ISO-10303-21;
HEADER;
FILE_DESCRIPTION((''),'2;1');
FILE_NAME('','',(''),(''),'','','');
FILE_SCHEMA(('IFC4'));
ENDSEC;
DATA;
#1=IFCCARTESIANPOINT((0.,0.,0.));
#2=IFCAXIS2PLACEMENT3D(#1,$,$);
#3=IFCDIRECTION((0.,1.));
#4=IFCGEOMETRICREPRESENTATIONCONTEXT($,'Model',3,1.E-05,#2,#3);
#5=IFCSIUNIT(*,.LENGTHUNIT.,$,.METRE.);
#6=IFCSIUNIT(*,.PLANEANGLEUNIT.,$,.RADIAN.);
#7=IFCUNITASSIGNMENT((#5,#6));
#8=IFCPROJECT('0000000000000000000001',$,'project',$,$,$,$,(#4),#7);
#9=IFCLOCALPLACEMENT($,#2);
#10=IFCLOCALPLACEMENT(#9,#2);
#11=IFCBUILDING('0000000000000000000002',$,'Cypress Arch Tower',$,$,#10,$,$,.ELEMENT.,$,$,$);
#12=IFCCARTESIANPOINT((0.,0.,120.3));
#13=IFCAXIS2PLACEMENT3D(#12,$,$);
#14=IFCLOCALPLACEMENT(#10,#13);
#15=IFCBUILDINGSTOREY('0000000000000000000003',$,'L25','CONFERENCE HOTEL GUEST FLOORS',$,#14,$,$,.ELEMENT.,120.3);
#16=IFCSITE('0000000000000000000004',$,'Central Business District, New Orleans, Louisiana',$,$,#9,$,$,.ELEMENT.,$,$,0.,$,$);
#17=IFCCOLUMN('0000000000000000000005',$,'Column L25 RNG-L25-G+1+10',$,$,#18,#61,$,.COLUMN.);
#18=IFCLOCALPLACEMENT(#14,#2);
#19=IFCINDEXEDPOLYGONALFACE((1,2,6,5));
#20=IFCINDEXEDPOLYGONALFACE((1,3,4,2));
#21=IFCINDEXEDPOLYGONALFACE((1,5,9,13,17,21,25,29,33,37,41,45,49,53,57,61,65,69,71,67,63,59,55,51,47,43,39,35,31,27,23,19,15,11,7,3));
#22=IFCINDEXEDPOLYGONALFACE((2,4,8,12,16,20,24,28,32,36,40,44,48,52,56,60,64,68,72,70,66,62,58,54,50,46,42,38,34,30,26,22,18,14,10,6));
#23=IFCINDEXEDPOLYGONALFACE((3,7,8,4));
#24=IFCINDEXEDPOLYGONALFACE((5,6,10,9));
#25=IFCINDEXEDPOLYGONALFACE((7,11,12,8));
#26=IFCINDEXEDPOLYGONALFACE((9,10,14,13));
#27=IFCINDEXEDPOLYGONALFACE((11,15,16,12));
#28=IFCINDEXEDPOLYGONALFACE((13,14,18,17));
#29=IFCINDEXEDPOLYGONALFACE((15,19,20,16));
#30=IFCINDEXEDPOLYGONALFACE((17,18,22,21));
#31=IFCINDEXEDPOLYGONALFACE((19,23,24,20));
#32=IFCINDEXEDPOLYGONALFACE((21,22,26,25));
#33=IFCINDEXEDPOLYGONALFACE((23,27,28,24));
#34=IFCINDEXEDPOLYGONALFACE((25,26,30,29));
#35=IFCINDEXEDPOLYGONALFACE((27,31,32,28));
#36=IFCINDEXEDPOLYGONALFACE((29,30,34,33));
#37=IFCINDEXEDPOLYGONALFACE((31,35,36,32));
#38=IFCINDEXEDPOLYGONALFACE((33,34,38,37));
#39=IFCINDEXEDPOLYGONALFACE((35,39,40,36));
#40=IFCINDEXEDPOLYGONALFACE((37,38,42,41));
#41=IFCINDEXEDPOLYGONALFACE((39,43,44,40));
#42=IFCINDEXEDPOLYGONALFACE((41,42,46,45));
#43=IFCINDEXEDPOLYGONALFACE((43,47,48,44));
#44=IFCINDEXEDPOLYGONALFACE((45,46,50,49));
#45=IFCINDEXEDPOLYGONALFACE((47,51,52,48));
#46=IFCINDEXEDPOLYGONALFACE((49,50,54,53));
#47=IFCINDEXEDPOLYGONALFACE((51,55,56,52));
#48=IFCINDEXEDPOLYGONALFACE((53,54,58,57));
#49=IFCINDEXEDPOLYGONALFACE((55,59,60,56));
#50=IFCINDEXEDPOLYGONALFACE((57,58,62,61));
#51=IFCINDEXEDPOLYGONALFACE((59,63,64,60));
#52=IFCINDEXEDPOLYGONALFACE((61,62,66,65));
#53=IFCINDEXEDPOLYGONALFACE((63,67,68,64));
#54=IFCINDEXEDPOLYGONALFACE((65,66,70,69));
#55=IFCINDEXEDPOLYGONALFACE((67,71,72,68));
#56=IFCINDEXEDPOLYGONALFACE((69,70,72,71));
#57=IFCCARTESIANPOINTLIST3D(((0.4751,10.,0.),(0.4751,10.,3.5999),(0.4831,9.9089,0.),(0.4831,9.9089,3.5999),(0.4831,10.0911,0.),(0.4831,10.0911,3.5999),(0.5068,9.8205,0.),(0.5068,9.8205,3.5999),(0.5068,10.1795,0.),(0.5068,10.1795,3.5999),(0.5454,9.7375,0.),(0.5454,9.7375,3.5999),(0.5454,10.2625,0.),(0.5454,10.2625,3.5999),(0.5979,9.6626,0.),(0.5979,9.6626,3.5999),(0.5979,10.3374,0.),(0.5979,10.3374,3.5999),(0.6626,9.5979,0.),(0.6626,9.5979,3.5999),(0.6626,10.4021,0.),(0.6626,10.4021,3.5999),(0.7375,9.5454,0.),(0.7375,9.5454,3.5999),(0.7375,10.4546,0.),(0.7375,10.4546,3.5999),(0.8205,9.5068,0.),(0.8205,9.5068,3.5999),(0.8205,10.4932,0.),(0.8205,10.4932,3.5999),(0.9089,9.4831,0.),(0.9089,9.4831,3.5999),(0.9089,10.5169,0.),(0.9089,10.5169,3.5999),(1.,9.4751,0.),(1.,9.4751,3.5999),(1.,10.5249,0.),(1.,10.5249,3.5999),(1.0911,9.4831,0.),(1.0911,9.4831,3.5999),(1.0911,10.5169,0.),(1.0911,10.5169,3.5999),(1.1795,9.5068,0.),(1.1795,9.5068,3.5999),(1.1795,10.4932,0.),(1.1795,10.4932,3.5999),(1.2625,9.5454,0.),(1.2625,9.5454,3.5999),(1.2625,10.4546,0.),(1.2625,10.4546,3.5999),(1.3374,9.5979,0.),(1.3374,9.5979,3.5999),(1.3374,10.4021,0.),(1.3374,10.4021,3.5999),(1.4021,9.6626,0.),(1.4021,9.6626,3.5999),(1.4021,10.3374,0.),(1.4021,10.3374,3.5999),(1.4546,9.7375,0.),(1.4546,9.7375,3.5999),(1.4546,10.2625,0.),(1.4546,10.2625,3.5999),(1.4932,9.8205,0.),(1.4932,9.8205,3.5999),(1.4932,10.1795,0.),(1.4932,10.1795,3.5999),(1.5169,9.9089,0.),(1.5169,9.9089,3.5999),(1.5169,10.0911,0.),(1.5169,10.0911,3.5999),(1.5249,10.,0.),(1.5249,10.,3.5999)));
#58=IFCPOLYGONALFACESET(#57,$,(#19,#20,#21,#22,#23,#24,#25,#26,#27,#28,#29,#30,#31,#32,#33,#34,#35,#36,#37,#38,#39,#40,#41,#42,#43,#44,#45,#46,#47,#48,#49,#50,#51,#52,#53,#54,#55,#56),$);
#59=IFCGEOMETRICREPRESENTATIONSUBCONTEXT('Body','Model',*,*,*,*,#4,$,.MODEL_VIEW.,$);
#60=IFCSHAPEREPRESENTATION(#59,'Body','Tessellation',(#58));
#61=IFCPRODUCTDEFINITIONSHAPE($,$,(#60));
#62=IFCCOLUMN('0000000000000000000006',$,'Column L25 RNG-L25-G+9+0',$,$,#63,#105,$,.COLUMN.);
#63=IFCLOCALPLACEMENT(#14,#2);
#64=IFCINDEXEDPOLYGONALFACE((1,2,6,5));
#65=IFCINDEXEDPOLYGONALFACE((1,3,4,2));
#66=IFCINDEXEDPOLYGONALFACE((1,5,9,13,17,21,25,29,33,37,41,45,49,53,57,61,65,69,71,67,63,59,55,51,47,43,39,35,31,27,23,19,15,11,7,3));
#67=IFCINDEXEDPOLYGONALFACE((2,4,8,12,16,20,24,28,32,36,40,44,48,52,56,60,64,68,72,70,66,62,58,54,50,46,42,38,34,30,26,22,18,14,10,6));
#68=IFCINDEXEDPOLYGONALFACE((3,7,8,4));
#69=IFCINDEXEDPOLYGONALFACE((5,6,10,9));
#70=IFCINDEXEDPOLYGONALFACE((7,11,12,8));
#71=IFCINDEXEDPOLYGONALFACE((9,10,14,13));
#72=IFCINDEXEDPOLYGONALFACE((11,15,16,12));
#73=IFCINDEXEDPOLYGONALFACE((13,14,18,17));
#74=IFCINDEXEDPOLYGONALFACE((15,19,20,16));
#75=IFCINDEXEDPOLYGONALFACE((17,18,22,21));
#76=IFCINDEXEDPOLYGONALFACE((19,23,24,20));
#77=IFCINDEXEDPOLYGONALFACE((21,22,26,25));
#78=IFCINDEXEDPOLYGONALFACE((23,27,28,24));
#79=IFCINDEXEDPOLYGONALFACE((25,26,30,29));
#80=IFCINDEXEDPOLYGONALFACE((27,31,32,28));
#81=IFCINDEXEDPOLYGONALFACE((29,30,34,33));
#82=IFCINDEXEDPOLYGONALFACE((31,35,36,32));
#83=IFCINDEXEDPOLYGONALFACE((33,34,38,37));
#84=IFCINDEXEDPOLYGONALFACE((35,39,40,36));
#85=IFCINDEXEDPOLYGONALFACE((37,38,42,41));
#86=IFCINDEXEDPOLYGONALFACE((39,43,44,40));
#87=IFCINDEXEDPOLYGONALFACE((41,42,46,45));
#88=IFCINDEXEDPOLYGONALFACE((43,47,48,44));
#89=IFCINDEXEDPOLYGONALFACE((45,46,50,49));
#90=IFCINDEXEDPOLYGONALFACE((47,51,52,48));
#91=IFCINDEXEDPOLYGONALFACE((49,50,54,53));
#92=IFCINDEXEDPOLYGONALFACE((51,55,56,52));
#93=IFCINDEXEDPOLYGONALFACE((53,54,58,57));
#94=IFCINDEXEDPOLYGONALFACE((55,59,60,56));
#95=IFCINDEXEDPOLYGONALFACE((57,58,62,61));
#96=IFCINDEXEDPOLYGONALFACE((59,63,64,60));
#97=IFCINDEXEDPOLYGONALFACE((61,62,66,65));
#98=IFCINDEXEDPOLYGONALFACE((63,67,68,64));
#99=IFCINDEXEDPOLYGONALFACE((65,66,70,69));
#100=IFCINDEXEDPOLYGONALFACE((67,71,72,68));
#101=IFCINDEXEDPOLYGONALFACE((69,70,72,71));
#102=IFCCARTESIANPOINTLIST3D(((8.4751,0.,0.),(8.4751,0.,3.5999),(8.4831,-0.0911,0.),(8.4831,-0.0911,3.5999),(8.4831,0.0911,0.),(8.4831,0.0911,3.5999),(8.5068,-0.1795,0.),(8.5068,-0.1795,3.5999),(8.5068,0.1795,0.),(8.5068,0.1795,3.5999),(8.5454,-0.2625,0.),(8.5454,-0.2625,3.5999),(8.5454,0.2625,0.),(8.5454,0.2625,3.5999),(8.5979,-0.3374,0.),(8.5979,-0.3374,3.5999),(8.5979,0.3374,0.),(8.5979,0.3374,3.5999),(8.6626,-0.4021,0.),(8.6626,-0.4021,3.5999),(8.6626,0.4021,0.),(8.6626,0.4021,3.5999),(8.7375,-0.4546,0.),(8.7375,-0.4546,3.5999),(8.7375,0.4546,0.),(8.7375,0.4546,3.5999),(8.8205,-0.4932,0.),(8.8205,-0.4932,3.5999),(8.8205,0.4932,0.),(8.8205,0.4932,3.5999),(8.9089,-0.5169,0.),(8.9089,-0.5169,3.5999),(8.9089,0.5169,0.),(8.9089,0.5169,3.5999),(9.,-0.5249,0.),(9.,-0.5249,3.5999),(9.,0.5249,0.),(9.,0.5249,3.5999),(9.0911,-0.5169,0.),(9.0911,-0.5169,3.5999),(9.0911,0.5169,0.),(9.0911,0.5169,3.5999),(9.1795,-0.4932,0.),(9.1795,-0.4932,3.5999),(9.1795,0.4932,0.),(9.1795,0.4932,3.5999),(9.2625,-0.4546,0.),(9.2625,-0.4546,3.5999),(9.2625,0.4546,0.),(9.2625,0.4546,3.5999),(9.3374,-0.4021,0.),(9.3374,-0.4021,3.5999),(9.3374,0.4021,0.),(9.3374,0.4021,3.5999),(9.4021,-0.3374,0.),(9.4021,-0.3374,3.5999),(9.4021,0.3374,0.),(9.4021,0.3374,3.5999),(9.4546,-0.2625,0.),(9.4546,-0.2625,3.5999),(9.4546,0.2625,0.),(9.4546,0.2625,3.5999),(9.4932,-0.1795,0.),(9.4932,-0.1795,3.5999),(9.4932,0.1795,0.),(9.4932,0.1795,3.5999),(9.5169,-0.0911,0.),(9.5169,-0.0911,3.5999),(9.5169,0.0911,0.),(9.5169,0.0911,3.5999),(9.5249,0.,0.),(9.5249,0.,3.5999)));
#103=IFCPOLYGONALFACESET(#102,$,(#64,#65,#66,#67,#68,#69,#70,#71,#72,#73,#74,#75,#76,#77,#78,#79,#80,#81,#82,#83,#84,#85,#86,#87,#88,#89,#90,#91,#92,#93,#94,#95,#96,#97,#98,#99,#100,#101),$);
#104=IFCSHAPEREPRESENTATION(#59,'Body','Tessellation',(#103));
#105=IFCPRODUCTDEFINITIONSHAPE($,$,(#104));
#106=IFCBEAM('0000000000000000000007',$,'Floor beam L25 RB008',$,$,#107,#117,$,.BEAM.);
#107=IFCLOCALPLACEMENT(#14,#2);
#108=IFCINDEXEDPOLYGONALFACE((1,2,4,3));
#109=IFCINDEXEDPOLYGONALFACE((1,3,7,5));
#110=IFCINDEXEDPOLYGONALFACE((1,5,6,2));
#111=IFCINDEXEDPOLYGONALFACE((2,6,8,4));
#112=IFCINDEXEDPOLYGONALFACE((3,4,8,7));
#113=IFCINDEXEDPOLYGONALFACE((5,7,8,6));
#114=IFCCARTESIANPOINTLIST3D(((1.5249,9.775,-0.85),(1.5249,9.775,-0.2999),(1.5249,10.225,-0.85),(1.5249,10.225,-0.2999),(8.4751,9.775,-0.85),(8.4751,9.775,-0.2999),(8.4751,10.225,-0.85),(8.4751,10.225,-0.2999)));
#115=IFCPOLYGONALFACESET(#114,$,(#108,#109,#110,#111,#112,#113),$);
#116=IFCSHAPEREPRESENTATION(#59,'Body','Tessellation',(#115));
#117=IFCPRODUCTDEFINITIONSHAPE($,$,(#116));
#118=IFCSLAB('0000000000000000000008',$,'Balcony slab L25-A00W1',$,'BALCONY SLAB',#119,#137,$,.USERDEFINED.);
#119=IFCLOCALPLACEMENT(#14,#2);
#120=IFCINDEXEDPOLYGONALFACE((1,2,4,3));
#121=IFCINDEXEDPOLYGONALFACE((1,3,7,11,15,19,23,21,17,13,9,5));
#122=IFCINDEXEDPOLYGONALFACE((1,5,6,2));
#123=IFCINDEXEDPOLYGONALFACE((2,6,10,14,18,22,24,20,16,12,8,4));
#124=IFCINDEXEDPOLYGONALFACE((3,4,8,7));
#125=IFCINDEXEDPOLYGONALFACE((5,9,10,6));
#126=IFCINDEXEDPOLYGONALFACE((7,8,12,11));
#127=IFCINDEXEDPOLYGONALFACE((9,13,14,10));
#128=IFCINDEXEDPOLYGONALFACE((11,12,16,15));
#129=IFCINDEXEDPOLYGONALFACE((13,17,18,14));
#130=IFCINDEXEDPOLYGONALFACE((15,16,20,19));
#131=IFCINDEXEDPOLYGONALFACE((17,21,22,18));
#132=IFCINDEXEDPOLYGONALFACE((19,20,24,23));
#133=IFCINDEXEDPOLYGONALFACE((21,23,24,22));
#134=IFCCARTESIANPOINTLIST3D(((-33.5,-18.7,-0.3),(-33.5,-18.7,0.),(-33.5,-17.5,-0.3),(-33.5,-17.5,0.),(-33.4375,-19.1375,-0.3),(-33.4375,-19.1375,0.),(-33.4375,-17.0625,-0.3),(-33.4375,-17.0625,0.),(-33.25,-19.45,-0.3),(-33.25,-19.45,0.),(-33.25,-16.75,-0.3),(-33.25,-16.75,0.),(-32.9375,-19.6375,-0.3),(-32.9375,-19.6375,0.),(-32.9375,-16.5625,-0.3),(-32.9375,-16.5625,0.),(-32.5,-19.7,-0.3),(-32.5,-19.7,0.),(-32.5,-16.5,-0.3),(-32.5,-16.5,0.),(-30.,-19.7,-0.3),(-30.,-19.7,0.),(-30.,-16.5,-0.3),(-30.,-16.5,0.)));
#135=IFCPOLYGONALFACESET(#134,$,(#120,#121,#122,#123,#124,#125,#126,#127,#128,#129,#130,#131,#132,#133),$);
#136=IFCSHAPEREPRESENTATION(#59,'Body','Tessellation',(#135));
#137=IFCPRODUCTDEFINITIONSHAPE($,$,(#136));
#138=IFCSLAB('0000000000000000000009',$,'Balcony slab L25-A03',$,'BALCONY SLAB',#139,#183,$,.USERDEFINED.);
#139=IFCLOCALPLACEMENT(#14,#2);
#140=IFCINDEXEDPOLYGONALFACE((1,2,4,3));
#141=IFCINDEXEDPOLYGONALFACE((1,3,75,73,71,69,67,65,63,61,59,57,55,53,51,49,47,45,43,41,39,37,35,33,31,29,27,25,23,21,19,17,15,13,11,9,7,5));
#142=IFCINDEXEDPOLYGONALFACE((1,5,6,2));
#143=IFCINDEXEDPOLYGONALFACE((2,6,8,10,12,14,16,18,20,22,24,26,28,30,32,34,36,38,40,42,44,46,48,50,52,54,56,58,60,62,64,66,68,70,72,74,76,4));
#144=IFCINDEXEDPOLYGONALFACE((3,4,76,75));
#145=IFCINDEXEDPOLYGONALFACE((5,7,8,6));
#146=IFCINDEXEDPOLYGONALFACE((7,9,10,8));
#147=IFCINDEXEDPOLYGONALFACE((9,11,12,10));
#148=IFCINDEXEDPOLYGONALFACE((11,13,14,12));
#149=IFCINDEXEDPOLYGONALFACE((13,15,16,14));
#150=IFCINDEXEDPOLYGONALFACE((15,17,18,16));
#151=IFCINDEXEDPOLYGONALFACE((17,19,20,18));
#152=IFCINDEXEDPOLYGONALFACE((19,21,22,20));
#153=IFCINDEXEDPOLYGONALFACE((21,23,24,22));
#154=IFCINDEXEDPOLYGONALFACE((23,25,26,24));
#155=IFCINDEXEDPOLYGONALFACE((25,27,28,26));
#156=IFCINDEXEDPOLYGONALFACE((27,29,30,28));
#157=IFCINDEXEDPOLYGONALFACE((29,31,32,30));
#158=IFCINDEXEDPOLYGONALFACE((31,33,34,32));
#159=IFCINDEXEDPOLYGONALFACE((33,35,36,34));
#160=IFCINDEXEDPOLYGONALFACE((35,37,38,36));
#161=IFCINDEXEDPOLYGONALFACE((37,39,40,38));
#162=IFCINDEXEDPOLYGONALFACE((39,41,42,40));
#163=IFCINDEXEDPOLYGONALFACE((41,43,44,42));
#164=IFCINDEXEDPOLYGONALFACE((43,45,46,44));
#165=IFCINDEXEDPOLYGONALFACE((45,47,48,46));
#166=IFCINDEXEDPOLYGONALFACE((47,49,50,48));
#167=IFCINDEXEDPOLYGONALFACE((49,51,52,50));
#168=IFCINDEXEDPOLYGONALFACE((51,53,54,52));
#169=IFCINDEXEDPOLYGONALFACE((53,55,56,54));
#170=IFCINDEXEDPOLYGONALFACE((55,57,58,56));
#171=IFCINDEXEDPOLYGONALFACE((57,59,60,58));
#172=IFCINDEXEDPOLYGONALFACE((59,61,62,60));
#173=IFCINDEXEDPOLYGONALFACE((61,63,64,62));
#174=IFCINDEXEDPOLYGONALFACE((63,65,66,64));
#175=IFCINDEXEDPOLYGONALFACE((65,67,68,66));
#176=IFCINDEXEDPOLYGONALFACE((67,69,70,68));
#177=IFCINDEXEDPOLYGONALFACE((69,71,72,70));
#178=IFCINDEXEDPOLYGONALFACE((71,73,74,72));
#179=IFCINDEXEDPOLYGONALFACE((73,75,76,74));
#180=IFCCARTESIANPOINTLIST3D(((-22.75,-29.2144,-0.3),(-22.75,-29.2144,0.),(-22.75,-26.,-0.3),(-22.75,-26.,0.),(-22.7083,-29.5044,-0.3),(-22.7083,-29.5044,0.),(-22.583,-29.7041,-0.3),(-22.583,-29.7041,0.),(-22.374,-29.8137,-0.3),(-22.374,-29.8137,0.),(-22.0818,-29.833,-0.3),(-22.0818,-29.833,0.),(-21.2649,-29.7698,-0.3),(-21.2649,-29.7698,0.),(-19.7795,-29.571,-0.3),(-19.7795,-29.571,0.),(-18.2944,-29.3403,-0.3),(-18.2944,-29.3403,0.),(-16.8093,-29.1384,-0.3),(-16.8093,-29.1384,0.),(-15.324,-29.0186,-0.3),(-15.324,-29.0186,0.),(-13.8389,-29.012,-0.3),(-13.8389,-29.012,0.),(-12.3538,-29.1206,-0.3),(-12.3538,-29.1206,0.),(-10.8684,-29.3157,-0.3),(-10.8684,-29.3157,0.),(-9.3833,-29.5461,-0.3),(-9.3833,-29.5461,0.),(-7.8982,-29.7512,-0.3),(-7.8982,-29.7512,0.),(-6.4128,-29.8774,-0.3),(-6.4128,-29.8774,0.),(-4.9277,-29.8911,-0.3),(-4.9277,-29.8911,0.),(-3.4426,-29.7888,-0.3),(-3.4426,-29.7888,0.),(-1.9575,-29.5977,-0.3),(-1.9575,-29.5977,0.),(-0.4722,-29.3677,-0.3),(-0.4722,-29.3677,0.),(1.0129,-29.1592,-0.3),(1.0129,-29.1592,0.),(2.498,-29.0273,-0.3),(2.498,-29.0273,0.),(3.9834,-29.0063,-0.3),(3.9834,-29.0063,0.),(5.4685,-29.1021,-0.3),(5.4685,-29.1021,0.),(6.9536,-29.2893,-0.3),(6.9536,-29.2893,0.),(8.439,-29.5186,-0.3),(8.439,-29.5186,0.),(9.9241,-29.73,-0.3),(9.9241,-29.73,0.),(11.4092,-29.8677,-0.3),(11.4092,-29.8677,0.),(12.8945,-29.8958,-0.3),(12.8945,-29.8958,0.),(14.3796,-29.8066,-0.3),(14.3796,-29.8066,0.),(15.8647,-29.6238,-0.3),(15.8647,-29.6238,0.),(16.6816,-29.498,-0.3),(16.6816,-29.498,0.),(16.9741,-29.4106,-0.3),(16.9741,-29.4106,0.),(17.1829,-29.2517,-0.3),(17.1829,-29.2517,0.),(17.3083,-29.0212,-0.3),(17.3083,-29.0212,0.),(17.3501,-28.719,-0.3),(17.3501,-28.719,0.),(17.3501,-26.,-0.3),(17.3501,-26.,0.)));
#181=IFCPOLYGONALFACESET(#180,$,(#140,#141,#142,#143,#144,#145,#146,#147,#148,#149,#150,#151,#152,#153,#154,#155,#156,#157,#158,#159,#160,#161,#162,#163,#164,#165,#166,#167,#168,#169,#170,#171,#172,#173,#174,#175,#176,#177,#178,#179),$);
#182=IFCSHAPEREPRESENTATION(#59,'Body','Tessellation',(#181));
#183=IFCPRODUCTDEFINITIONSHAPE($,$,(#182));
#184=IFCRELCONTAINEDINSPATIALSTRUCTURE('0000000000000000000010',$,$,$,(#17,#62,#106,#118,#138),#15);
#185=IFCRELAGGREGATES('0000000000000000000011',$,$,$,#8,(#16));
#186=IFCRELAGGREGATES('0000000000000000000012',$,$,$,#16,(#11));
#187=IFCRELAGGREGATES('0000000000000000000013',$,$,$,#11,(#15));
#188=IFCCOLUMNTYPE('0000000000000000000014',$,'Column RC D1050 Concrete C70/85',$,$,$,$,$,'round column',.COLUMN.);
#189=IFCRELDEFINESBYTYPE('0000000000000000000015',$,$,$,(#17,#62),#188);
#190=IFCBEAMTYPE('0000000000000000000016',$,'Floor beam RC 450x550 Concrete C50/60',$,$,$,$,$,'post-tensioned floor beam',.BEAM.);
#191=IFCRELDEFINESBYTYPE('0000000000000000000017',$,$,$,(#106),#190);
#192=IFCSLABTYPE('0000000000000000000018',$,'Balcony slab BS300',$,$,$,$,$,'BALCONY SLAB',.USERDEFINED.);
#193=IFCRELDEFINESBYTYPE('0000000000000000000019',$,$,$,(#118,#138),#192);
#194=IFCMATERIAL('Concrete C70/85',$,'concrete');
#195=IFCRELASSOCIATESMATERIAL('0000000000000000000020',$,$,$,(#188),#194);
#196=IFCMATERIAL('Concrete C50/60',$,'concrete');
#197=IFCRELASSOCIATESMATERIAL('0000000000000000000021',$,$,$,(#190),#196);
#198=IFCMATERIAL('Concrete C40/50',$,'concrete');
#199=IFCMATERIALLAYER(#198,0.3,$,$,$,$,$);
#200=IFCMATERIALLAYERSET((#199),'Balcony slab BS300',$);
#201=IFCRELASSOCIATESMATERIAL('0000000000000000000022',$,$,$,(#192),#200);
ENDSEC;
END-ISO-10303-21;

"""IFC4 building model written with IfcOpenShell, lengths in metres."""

from ifc_helpers import new_model, si_unit, direction, frame, origin, origin_2d, place, context, subcontext, project, spatial, polyline, rectangle, circle, outline, extrude, material, layer, layer_set, material_profile, profile_set, type_object, element, save


model = new_model("IFC4")

# Units and contexts
model_context = context("Model", 3, precision=1e-05, world=origin(), true_north=direction((0.0, 1.0)))
body_context = subcontext(model_context, "Body", "Model", "MODEL_VIEW")
ifc_project = project(units=[si_unit("LENGTHUNIT", "METRE"), si_unit("PLANEANGLEUNIT", "RADIAN")], contexts=[model_context])

# Site, building, storey
site_placement = place(None, origin())
site = spatial("IfcSite", under=ifc_project, at=site_placement, Name="Central Business District, New Orleans, Louisiana", CompositionType="ELEMENT", RefElevation=0.0)
building_placement = place(site_placement, origin())
building = spatial("IfcBuilding", under=site, at=building_placement, Name="Cypress Arch Tower", CompositionType="ELEMENT")
storey_placement = place(building_placement, frame((0.0, 0.0, 120.3)))
storey = spatial("IfcBuildingStorey", under=building, at=storey_placement, Name="L25", Description="CONFERENCE HOTEL GUEST FLOORS", CompositionType="ELEMENT", Elevation=120.3)

# Columns
ifc_material_1 = material(Name="Concrete C70/85", Category="concrete")
ifc_material_profile_1 = material_profile(ifc_material_1, circle(Radius=0.5249, at=origin_2d()), Name="RC D1050")
ifc_profile_set_1 = profile_set([ifc_material_profile_1], Name="Concrete C70/85")
column_type = type_object("IfcColumnType", Name="Column RC D1050 Concrete C70/85", ElementType="round column", PredefinedType="COLUMN", material=ifc_profile_set_1)
for number, where, z_axis, x_axis, name in (
    (1, (1.0, 10.0, 0.0), (0.0, 0.0, 1.0), (1.0, 0.0, 0.0), "Column L25 RNG-L25-G+1+10"),
    (2, (9.0, 0.0, 0.0), (0.0, 0.0, 1.0), (1.0, 0.0, 0.0), "Column L25 RNG-L25-G+9+0"),
):
    element("IfcColumn", number, at=place(storey_placement, frame(where, z_axis=z_axis, x_axis=x_axis)), inside=storey, type_object=column_type, Name=name, PredefinedType="COLUMN", context=body_context, shape_type="SweptSolid", body=[
        extrude(circle(Radius=0.5249, at=origin_2d()), origin(), (0.0, 0.0, 1.0), 3.5999),
    ])

# Beam
ifc_material_2 = material(Name="Concrete C50/60", Category="concrete")
ifc_material_profile_2 = material_profile(ifc_material_2, rectangle(XDim=0.45, YDim=0.55, at=origin_2d()), Name="RC 450x550")
ifc_profile_set_2 = profile_set([ifc_material_profile_2], Name="Concrete C50/60")
beam_type = type_object("IfcBeamType", Name="Floor beam RC 450x550 Concrete C50/60", ElementType="post-tensioned floor beam", PredefinedType="BEAM", material=ifc_profile_set_2)
beam_placement = place(storey_placement, frame((1.5249, 10.0, -0.575), z_axis=(1.0, 0.0, 0.0), x_axis=(0.0, 1.0, 0.0)))
element("IfcBeam", 3, at=beam_placement, inside=storey, type_object=beam_type, Name="Floor beam L25 RB008", PredefinedType="BEAM", context=body_context, shape_type="SweptSolid", body=[
    extrude(rectangle(XDim=0.45, YDim=0.55, at=origin_2d()), origin(), (0.0, 0.0, 1.0), 6.9502),
])

# Slabs
ifc_material_3 = material(Name="Concrete C40/50", Category="concrete")
ifc_layer_1 = layer(ifc_material_3, 0.3)
ifc_layer_set_1 = layer_set([ifc_layer_1], Name="Balcony slab BS300")
slab_type_1 = type_object("IfcSlabType", Name="Balcony slab BS300", ElementType="BALCONY SLAB", PredefinedType="USERDEFINED", material=ifc_layer_set_1)
slab_1_placement = place(storey_placement, frame((0.0, 0.0, -0.3)))
element("IfcSlab", 4, at=slab_1_placement, inside=storey, type_object=slab_type_1, Name="Balcony slab L25-A00W1", ObjectType="BALCONY SLAB", PredefinedType="USERDEFINED", context=body_context, shape_type="SweptSolid", body=[
    extrude(outline(polyline([(-30.0, -16.5), (-32.5, -16.5), (-32.9375, -16.5625), (-33.25, -16.75), (-33.4375, -17.0625), (-33.5, -17.5), (-33.5, -18.7), (-33.4375, -19.1375), (-33.25, -19.45), (-32.9375, -19.6375), (-32.5, -19.7), (-30.0, -19.7), (-30.0, -16.5)])), origin(), (0.0, 0.0, 1.0), 0.3),
])
slab_2_placement = place(storey_placement, frame((0.0, 0.0, -0.3)))
element("IfcSlab", 5, at=slab_2_placement, inside=storey, type_object=slab_type_1, Name="Balcony slab L25-A03", ObjectType="BALCONY SLAB", PredefinedType="USERDEFINED", context=body_context, shape_type="SweptSolid", body=[
    extrude(outline(polyline([(-22.75, -26.0), (-22.75, -29.2144), (-22.7083, -29.5044), (-22.583, -29.7041), (-22.374, -29.8137), (-22.0818, -29.833), (-21.2649, -29.7698), (-19.7795, -29.571), (-18.2944, -29.3403), (-16.8093, -29.1384), (-15.324, -29.0186), (-13.8389, -29.012), (-12.3538, -29.1206), (-10.8684, -29.3157), (-9.3833, -29.5461), (-7.8982, -29.7512), (-6.4128, -29.8774), (-4.9277, -29.8911), (-3.4426, -29.7888), (-1.9575, -29.5977), (-0.4722, -29.3677), (1.0129, -29.1592), (2.498, -29.0273), (3.9834, -29.0063), (5.4685, -29.1021), (6.9536, -29.2893), (8.439, -29.5186), (9.9241, -29.73), (11.4092, -29.8677), (12.8945, -29.8958), (14.3796, -29.8066), (15.8647, -29.6238), (16.6816, -29.498), (16.9741, -29.4106), (17.1829, -29.2517), (17.3083, -29.0212), (17.3501, -28.719), (17.3501, -26.0), (-22.75, -26.0)])), origin(), (0.0, 0.0, 1.0), 0.3),
])

save(model, "model.ifc")
